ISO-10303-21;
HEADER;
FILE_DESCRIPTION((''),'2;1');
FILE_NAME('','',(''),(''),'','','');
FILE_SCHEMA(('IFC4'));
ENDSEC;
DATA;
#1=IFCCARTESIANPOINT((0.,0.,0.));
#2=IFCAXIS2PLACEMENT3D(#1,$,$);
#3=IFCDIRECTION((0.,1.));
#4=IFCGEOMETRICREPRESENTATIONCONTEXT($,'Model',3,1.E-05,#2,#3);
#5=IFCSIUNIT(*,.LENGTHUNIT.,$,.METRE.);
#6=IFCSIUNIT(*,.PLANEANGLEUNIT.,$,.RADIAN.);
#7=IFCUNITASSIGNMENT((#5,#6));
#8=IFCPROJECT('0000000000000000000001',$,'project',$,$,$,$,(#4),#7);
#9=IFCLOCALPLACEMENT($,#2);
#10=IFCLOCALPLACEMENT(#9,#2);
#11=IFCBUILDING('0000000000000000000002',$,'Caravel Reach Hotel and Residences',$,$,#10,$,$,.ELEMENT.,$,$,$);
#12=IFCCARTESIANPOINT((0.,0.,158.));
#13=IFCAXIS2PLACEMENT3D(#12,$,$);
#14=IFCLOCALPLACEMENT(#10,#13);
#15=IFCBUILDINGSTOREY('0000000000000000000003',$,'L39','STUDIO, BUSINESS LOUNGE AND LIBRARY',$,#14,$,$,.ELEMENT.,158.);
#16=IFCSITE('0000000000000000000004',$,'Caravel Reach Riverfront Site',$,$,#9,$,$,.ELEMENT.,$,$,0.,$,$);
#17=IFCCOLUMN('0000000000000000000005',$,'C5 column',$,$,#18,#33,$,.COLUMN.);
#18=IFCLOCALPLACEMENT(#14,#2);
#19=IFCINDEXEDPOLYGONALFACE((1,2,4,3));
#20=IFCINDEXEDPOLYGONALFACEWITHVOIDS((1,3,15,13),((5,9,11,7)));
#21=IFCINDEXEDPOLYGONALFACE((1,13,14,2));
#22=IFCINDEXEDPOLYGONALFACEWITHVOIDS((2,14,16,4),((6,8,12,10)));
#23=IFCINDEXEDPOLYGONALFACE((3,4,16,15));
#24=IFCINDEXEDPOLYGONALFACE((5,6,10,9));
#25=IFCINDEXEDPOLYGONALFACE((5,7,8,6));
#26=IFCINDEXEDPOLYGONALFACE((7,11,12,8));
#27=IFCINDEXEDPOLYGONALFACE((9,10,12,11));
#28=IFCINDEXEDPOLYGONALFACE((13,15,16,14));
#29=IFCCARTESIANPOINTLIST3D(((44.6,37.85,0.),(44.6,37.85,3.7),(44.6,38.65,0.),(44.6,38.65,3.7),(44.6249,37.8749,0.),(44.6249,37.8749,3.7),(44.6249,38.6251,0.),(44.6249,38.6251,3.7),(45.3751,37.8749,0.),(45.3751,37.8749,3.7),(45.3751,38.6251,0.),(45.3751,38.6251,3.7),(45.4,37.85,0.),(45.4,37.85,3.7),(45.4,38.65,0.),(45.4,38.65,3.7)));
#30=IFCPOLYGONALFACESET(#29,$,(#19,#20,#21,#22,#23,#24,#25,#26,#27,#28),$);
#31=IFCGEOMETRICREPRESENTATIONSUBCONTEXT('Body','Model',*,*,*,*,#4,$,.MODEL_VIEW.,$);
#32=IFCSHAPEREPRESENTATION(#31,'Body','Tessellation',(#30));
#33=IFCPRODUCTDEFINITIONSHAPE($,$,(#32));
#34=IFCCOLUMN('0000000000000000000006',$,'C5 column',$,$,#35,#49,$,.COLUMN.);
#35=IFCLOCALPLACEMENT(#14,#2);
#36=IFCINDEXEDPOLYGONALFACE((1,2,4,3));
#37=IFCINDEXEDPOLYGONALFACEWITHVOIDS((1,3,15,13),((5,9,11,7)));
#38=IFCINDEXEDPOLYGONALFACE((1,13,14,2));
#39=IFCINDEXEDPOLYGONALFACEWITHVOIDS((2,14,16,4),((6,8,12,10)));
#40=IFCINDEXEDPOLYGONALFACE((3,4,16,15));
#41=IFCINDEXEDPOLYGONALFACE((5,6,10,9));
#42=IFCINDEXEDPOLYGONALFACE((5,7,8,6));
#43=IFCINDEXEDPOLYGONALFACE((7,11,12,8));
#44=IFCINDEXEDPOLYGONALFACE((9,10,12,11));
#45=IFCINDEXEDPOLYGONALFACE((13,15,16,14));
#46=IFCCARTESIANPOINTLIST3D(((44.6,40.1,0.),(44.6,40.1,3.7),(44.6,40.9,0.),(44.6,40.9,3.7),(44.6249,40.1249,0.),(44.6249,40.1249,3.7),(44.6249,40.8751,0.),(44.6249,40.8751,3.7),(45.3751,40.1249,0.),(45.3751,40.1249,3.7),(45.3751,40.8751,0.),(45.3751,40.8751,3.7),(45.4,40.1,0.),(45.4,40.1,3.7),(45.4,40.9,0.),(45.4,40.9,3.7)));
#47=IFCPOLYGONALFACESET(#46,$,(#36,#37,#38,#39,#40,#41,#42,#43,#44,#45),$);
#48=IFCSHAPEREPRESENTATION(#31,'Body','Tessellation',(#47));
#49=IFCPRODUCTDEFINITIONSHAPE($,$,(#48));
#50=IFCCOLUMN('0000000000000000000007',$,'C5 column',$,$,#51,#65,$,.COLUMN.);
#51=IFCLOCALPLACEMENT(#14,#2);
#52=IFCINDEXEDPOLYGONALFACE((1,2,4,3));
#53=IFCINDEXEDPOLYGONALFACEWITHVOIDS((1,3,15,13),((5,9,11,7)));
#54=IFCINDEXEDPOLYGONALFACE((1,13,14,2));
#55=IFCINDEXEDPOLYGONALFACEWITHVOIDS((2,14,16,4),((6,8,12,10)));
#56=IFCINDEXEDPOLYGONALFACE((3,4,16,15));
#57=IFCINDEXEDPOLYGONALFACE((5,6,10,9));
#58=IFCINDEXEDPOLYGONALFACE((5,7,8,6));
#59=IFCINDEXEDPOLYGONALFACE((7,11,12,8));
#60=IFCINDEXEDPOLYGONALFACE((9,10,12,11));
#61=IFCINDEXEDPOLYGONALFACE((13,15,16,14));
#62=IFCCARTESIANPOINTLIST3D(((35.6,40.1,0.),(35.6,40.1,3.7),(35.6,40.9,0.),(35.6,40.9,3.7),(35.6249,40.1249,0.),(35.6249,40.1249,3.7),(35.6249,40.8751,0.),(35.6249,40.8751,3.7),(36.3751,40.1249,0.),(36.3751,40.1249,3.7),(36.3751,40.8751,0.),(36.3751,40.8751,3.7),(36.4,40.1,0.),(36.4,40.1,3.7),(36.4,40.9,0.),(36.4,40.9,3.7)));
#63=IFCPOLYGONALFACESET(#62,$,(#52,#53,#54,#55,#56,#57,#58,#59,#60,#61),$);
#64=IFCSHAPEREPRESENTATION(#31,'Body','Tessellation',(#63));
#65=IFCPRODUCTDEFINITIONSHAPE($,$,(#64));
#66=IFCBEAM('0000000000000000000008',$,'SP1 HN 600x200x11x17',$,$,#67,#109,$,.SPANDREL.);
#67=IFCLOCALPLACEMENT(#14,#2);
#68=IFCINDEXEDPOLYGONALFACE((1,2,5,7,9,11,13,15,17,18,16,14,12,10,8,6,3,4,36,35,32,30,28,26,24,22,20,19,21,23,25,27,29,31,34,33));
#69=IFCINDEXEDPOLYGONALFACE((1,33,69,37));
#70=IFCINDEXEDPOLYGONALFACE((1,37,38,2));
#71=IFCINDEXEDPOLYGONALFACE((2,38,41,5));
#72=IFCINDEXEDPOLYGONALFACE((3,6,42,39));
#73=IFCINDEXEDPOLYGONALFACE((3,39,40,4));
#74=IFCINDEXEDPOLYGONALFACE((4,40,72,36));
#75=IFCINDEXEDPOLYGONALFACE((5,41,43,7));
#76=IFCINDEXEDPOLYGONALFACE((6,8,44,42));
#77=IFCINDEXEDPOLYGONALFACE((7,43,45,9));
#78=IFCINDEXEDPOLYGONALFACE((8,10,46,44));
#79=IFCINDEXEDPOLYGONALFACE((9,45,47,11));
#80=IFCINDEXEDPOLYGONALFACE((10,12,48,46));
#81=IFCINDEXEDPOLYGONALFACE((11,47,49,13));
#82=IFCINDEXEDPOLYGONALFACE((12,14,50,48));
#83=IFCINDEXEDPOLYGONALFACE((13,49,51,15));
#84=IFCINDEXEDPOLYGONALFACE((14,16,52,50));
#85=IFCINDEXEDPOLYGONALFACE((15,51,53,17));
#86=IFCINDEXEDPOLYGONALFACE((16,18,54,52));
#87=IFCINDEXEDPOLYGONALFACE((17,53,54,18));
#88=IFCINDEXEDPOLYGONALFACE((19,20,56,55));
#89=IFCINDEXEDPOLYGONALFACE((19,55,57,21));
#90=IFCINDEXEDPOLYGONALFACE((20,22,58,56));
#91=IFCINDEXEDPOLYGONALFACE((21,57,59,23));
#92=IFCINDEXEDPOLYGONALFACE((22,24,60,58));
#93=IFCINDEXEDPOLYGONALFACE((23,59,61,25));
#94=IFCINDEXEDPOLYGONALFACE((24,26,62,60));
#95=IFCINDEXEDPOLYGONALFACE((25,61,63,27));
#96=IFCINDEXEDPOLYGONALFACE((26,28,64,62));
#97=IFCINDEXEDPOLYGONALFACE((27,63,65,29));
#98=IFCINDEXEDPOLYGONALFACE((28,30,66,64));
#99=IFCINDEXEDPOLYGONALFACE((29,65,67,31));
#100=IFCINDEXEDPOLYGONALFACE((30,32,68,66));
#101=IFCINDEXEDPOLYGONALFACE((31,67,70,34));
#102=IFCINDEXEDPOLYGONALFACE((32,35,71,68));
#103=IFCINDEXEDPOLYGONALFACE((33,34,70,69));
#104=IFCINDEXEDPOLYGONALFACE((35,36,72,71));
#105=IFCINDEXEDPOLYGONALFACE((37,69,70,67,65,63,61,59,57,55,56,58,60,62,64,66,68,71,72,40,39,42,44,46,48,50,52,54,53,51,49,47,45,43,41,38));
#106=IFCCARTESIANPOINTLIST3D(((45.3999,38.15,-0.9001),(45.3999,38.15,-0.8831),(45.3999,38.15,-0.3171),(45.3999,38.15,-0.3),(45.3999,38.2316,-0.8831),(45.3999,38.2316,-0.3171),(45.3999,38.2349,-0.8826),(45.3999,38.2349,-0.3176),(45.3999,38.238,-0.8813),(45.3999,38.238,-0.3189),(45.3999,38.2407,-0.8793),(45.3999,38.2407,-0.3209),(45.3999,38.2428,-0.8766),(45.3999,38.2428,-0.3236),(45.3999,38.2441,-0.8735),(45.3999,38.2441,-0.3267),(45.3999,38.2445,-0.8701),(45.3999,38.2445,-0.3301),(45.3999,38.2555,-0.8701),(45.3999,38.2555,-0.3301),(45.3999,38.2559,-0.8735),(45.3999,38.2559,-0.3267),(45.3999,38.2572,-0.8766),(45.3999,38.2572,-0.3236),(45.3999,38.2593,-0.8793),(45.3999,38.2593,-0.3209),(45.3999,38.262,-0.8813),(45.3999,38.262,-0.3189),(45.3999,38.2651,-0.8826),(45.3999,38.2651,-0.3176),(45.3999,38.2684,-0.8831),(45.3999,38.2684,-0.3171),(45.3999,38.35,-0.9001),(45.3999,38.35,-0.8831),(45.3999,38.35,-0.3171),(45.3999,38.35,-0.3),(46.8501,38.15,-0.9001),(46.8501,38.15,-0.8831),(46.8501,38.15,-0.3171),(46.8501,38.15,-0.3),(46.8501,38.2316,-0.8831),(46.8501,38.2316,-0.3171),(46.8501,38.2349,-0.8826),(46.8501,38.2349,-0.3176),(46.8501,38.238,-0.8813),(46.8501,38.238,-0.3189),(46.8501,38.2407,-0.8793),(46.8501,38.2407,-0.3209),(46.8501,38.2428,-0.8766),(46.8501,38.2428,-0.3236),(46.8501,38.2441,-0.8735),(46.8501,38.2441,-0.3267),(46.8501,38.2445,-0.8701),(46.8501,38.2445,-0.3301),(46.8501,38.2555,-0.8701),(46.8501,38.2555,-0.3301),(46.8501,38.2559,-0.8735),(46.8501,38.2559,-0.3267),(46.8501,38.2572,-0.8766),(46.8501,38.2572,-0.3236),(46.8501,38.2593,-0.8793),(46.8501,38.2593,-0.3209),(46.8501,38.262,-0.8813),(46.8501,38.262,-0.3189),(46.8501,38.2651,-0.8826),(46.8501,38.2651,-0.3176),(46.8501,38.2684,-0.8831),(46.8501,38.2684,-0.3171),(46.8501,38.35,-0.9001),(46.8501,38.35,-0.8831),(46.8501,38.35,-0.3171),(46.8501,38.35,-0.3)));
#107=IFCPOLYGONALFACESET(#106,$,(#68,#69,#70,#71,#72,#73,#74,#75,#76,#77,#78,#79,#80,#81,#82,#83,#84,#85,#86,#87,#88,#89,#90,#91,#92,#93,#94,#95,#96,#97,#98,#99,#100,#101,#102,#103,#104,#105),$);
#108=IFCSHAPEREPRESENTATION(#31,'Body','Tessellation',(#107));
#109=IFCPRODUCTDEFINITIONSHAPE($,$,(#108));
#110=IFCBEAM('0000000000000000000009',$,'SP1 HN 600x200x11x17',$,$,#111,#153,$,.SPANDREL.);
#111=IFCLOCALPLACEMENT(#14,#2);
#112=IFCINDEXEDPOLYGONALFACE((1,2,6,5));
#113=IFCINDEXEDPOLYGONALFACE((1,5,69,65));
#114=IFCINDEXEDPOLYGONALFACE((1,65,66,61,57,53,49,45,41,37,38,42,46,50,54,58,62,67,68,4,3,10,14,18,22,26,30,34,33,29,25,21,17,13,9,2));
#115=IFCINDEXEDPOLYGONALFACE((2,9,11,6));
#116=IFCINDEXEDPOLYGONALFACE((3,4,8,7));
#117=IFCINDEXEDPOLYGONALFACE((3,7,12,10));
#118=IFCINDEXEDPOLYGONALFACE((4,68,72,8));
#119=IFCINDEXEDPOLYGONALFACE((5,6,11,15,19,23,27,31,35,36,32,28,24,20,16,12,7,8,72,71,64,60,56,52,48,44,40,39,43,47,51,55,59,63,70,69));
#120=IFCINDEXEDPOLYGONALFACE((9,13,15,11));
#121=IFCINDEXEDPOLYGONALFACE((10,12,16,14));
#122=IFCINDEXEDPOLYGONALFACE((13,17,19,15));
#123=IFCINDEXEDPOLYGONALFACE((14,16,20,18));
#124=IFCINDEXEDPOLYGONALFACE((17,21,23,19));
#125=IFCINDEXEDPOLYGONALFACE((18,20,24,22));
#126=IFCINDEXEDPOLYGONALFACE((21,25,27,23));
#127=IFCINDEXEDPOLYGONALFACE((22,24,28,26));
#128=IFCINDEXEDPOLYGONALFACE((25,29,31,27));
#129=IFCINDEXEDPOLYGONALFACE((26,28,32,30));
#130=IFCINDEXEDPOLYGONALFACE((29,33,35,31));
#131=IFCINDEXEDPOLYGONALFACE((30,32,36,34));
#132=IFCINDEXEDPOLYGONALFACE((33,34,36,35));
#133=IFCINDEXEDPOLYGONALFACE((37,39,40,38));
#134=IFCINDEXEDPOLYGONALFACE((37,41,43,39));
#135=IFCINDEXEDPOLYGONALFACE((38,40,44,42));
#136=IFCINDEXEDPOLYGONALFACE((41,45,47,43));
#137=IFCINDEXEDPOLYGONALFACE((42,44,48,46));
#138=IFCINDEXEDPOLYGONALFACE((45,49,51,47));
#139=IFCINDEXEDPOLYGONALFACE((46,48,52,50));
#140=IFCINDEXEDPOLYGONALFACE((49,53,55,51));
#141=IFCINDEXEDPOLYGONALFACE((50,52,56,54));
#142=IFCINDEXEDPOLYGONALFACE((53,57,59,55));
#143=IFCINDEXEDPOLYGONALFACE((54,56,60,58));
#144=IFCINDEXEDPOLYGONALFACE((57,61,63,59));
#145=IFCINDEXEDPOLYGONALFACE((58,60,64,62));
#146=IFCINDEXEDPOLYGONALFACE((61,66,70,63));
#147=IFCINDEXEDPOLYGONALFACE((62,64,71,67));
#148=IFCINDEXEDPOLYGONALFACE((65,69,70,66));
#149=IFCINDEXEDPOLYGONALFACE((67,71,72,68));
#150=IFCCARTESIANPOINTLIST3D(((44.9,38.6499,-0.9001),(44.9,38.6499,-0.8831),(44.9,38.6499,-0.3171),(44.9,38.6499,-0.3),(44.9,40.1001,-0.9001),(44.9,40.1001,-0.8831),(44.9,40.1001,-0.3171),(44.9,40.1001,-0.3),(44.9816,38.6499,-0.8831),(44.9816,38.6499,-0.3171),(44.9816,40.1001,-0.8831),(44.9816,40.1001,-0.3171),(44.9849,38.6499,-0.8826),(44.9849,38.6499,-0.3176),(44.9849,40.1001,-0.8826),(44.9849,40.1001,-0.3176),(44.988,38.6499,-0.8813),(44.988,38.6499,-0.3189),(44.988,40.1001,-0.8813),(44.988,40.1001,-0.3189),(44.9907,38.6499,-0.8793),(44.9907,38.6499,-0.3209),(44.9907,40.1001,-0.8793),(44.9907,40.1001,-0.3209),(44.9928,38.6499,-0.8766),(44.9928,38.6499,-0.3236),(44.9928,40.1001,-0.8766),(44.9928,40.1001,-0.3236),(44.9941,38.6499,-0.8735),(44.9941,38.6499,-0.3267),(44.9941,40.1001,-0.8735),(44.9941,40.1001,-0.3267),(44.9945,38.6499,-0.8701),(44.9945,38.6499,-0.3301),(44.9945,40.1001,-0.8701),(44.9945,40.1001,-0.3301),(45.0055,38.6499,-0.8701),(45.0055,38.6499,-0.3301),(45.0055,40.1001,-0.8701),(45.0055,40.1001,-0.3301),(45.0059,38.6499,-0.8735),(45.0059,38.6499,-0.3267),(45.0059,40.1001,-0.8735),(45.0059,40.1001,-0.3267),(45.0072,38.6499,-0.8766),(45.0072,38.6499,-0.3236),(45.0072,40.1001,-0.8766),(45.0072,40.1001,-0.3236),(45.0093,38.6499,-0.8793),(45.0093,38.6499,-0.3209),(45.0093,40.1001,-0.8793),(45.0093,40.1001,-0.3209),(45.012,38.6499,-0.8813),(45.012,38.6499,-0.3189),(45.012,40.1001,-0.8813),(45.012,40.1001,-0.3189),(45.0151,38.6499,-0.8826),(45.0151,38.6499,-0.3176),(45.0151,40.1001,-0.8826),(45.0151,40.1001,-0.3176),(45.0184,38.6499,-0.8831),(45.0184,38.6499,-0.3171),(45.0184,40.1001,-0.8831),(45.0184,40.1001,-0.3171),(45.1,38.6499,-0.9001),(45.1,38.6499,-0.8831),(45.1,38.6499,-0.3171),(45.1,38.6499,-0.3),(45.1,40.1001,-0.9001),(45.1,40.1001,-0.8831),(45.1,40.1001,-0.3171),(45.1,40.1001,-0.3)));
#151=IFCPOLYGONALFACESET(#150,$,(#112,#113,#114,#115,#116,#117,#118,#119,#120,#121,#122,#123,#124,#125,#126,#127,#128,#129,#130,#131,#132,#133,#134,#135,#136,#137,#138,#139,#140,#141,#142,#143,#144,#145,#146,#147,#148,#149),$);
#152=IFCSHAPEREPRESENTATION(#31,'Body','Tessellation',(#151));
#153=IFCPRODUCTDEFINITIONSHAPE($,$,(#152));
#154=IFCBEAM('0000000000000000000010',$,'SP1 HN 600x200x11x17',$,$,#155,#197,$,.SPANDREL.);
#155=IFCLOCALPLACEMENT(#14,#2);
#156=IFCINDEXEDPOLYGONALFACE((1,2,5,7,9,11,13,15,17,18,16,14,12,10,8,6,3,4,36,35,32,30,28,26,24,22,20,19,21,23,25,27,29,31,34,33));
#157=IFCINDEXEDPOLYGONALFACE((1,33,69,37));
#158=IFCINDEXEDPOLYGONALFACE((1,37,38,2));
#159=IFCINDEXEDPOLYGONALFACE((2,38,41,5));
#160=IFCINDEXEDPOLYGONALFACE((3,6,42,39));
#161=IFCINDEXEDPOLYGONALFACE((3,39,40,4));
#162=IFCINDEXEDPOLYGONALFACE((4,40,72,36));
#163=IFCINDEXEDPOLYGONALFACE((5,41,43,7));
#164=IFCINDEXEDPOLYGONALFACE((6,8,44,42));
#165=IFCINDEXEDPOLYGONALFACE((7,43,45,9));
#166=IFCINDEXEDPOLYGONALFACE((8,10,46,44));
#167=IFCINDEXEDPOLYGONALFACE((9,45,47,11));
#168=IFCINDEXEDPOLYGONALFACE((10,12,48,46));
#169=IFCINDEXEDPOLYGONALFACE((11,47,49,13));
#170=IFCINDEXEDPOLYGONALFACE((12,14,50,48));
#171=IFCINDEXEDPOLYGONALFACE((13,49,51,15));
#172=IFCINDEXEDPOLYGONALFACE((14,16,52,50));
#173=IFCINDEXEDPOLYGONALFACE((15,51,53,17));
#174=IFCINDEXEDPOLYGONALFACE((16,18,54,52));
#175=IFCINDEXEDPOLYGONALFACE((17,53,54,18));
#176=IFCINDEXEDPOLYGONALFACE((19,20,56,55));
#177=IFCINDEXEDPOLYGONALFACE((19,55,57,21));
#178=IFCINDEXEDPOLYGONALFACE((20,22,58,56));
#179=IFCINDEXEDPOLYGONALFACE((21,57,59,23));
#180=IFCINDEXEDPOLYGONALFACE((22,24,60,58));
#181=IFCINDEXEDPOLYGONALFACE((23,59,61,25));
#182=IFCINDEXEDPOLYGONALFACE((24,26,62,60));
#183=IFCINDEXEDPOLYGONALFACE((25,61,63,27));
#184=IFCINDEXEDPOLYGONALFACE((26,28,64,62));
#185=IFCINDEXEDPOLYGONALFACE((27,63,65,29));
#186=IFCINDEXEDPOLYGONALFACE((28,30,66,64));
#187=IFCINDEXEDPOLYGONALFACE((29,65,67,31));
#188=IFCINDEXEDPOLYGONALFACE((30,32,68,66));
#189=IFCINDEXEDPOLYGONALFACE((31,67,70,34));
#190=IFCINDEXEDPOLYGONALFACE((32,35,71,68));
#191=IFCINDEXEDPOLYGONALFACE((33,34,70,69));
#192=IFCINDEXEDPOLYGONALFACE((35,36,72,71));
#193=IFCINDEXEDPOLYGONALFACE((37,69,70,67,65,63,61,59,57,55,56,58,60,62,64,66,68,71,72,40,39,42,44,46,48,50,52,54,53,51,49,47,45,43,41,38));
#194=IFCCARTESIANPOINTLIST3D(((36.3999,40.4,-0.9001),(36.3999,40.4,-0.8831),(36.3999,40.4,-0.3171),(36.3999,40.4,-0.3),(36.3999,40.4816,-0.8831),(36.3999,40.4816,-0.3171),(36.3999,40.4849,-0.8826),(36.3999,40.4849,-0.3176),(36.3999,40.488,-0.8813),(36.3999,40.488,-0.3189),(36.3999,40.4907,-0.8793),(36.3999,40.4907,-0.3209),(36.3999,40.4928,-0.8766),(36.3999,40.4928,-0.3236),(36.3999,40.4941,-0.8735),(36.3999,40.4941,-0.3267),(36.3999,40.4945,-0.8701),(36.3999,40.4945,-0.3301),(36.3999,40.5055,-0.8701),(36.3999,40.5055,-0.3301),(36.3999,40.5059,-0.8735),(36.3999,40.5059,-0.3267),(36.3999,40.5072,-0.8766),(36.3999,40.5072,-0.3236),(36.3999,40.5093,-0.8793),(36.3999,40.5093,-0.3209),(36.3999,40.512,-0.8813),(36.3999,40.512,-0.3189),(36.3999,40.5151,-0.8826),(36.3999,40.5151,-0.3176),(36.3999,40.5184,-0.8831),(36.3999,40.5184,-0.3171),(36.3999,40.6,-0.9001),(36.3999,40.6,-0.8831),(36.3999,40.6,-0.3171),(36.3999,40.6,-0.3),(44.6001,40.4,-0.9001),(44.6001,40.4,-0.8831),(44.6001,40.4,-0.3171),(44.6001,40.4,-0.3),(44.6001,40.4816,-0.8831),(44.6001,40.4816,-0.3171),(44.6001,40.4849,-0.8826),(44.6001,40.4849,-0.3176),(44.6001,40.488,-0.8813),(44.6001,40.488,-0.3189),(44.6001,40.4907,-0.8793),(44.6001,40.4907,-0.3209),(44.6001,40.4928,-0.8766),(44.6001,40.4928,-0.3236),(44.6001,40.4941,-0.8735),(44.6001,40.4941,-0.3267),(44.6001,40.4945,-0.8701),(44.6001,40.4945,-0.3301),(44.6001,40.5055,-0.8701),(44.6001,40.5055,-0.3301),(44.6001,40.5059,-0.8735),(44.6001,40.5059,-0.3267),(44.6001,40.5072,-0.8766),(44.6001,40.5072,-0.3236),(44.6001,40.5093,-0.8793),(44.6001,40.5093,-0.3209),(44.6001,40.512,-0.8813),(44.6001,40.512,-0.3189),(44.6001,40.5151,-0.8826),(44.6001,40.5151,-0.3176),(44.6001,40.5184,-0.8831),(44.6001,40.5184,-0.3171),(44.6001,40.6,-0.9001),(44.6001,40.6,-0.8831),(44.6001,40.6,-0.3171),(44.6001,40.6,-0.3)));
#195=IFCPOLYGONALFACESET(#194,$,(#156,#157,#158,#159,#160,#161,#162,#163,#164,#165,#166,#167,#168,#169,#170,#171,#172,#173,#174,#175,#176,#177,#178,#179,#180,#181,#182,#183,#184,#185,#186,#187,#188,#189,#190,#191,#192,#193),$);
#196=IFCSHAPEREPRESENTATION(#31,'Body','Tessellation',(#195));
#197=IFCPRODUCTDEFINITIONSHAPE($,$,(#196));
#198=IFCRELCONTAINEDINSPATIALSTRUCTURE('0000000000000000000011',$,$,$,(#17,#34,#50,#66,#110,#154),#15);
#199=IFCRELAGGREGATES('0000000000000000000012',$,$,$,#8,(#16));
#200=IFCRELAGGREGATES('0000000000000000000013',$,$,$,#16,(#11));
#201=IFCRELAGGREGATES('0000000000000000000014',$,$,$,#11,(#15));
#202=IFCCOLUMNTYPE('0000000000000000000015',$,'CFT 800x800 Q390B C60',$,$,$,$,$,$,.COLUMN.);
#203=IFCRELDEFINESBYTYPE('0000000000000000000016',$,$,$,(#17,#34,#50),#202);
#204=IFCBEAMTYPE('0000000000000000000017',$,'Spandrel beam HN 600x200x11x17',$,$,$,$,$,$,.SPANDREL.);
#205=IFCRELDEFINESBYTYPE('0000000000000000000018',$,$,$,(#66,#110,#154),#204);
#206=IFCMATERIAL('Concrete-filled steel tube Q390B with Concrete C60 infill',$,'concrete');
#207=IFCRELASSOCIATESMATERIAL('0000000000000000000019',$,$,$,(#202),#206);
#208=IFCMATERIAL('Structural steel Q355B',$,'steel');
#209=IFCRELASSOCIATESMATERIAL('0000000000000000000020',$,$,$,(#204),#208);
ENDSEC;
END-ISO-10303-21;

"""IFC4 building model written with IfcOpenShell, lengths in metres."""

from ifc_helpers import new_model, si_unit, direction, frame, origin, origin_2d, place, context, subcontext, project, spatial, hollow_rectangle, i_section, extrude, material, material_profile, profile_set, type_object, element, save


model = new_model("IFC4")

# Units and contexts
model_context = context("Model", 3, precision=1e-05, world=origin(), true_north=direction((0.0, 1.0)))
body_context = subcontext(model_context, "Body", "Model", "MODEL_VIEW")
ifc_project = project(units=[si_unit("LENGTHUNIT", "METRE"), si_unit("PLANEANGLEUNIT", "RADIAN")], contexts=[model_context])

# Site, building, storey
site_placement = place(None, origin())
site = spatial("IfcSite", under=ifc_project, at=site_placement, Name="Caravel Reach Riverfront Site", CompositionType="ELEMENT", RefElevation=0.0)
building_placement = place(site_placement, origin())
building = spatial("IfcBuilding", under=site, at=building_placement, Name="Caravel Reach Hotel and Residences", CompositionType="ELEMENT")
storey_placement = place(building_placement, frame((0.0, 0.0, 158.0)))
storey = spatial("IfcBuildingStorey", under=building, at=storey_placement, Name="L39", Description="STUDIO, BUSINESS LOUNGE AND LIBRARY", CompositionType="ELEMENT", Elevation=158.0)

# Columns
ifc_material_1 = material(Name="Concrete-filled steel tube Q390B with Concrete C60 infill", Category="concrete")
ifc_material_profile_1 = material_profile(ifc_material_1, hollow_rectangle(XDim=0.8, YDim=0.8, WallThickness=0.0249, at=origin_2d()), Name="RHS 800x800x25")
ifc_profile_set_1 = profile_set([ifc_material_profile_1], Name="Concrete-filled steel tube Q390B with Concrete C60 infill")
column_type = type_object("IfcColumnType", Name="CFT 800x800 Q390B C60", PredefinedType="COLUMN", material=ifc_profile_set_1)
for number, where, z_axis, x_axis, name in (
    (1, (45.0, 38.25, 0.0), (0.0, 0.0, 1.0), (1.0, 0.0, 0.0), "C5 column"),
    (2, (45.0, 40.5, 0.0), (0.0, 0.0, 1.0), (1.0, 0.0, 0.0), "C5 column"),
    (3, (36.0, 40.5, 0.0), (0.0, 0.0, 1.0), (1.0, 0.0, 0.0), "C5 column"),
):
    element("IfcColumn", number, at=place(storey_placement, frame(where, z_axis=z_axis, x_axis=x_axis)), inside=storey, type_object=column_type, Name=name, PredefinedType="COLUMN", context=body_context, shape_type="SweptSolid", body=[
        extrude(hollow_rectangle(XDim=0.8, YDim=0.8, WallThickness=0.0249, at=origin_2d()), origin(), (0.0, 0.0, 1.0), 3.7),
    ])

# Beams
ifc_material_2 = material(Name="Structural steel Q355B", Category="steel")
ifc_material_profile_2 = material_profile(ifc_material_2, i_section(OverallWidth=0.2, OverallDepth=0.6001, WebThickness=0.011, FlangeThickness=0.0171, FilletRadius=0.0129, at=origin_2d()), Name="HN 600x200x11x17")
ifc_profile_set_2 = profile_set([ifc_material_profile_2], Name="Structural steel Q355B")
beam_type = type_object("IfcBeamType", Name="Spandrel beam HN 600x200x11x17", PredefinedType="SPANDREL", material=ifc_profile_set_2)
for number, where, z_axis, x_axis, name in (
    (4, (46.8501, 38.25, -0.6001), (-1.0, 0.0, 0.0), (0.0, -1.0, 0.0), "SP1 HN 600x200x11x17"),
    (5, (45.0, 38.6499, -0.6001), (0.0, 1.0, 0.0), (-1.0, 0.0, 0.0), "SP1 HN 600x200x11x17"),
):
    element("IfcBeam", number, at=place(storey_placement, frame(where, z_axis=z_axis, x_axis=x_axis)), inside=storey, type_object=beam_type, Name=name, PredefinedType="SPANDREL", context=body_context, shape_type="SweptSolid", body=[
        extrude(i_section(OverallWidth=0.2, OverallDepth=0.6001, WebThickness=0.011, FlangeThickness=0.0171, FilletRadius=0.0129, at=origin_2d()), origin(), (0.0, 0.0, 1.0), 1.4502),
    ])
for number, where, z_axis, x_axis, name in (
    (6, (44.6001, 40.5, -0.6001), (-1.0, 0.0, 0.0), (0.0, -1.0, 0.0), "SP1 HN 600x200x11x17"),
):
    element("IfcBeam", number, at=place(storey_placement, frame(where, z_axis=z_axis, x_axis=x_axis)), inside=storey, type_object=beam_type, Name=name, PredefinedType="SPANDREL", context=body_context, shape_type="SweptSolid", body=[
        extrude(i_section(OverallWidth=0.2, OverallDepth=0.6001, WebThickness=0.011, FlangeThickness=0.0171, FilletRadius=0.0129, at=origin_2d()), origin(), (0.0, 0.0, 1.0), 8.2002),
    ])

save(model, "model.ifc")
